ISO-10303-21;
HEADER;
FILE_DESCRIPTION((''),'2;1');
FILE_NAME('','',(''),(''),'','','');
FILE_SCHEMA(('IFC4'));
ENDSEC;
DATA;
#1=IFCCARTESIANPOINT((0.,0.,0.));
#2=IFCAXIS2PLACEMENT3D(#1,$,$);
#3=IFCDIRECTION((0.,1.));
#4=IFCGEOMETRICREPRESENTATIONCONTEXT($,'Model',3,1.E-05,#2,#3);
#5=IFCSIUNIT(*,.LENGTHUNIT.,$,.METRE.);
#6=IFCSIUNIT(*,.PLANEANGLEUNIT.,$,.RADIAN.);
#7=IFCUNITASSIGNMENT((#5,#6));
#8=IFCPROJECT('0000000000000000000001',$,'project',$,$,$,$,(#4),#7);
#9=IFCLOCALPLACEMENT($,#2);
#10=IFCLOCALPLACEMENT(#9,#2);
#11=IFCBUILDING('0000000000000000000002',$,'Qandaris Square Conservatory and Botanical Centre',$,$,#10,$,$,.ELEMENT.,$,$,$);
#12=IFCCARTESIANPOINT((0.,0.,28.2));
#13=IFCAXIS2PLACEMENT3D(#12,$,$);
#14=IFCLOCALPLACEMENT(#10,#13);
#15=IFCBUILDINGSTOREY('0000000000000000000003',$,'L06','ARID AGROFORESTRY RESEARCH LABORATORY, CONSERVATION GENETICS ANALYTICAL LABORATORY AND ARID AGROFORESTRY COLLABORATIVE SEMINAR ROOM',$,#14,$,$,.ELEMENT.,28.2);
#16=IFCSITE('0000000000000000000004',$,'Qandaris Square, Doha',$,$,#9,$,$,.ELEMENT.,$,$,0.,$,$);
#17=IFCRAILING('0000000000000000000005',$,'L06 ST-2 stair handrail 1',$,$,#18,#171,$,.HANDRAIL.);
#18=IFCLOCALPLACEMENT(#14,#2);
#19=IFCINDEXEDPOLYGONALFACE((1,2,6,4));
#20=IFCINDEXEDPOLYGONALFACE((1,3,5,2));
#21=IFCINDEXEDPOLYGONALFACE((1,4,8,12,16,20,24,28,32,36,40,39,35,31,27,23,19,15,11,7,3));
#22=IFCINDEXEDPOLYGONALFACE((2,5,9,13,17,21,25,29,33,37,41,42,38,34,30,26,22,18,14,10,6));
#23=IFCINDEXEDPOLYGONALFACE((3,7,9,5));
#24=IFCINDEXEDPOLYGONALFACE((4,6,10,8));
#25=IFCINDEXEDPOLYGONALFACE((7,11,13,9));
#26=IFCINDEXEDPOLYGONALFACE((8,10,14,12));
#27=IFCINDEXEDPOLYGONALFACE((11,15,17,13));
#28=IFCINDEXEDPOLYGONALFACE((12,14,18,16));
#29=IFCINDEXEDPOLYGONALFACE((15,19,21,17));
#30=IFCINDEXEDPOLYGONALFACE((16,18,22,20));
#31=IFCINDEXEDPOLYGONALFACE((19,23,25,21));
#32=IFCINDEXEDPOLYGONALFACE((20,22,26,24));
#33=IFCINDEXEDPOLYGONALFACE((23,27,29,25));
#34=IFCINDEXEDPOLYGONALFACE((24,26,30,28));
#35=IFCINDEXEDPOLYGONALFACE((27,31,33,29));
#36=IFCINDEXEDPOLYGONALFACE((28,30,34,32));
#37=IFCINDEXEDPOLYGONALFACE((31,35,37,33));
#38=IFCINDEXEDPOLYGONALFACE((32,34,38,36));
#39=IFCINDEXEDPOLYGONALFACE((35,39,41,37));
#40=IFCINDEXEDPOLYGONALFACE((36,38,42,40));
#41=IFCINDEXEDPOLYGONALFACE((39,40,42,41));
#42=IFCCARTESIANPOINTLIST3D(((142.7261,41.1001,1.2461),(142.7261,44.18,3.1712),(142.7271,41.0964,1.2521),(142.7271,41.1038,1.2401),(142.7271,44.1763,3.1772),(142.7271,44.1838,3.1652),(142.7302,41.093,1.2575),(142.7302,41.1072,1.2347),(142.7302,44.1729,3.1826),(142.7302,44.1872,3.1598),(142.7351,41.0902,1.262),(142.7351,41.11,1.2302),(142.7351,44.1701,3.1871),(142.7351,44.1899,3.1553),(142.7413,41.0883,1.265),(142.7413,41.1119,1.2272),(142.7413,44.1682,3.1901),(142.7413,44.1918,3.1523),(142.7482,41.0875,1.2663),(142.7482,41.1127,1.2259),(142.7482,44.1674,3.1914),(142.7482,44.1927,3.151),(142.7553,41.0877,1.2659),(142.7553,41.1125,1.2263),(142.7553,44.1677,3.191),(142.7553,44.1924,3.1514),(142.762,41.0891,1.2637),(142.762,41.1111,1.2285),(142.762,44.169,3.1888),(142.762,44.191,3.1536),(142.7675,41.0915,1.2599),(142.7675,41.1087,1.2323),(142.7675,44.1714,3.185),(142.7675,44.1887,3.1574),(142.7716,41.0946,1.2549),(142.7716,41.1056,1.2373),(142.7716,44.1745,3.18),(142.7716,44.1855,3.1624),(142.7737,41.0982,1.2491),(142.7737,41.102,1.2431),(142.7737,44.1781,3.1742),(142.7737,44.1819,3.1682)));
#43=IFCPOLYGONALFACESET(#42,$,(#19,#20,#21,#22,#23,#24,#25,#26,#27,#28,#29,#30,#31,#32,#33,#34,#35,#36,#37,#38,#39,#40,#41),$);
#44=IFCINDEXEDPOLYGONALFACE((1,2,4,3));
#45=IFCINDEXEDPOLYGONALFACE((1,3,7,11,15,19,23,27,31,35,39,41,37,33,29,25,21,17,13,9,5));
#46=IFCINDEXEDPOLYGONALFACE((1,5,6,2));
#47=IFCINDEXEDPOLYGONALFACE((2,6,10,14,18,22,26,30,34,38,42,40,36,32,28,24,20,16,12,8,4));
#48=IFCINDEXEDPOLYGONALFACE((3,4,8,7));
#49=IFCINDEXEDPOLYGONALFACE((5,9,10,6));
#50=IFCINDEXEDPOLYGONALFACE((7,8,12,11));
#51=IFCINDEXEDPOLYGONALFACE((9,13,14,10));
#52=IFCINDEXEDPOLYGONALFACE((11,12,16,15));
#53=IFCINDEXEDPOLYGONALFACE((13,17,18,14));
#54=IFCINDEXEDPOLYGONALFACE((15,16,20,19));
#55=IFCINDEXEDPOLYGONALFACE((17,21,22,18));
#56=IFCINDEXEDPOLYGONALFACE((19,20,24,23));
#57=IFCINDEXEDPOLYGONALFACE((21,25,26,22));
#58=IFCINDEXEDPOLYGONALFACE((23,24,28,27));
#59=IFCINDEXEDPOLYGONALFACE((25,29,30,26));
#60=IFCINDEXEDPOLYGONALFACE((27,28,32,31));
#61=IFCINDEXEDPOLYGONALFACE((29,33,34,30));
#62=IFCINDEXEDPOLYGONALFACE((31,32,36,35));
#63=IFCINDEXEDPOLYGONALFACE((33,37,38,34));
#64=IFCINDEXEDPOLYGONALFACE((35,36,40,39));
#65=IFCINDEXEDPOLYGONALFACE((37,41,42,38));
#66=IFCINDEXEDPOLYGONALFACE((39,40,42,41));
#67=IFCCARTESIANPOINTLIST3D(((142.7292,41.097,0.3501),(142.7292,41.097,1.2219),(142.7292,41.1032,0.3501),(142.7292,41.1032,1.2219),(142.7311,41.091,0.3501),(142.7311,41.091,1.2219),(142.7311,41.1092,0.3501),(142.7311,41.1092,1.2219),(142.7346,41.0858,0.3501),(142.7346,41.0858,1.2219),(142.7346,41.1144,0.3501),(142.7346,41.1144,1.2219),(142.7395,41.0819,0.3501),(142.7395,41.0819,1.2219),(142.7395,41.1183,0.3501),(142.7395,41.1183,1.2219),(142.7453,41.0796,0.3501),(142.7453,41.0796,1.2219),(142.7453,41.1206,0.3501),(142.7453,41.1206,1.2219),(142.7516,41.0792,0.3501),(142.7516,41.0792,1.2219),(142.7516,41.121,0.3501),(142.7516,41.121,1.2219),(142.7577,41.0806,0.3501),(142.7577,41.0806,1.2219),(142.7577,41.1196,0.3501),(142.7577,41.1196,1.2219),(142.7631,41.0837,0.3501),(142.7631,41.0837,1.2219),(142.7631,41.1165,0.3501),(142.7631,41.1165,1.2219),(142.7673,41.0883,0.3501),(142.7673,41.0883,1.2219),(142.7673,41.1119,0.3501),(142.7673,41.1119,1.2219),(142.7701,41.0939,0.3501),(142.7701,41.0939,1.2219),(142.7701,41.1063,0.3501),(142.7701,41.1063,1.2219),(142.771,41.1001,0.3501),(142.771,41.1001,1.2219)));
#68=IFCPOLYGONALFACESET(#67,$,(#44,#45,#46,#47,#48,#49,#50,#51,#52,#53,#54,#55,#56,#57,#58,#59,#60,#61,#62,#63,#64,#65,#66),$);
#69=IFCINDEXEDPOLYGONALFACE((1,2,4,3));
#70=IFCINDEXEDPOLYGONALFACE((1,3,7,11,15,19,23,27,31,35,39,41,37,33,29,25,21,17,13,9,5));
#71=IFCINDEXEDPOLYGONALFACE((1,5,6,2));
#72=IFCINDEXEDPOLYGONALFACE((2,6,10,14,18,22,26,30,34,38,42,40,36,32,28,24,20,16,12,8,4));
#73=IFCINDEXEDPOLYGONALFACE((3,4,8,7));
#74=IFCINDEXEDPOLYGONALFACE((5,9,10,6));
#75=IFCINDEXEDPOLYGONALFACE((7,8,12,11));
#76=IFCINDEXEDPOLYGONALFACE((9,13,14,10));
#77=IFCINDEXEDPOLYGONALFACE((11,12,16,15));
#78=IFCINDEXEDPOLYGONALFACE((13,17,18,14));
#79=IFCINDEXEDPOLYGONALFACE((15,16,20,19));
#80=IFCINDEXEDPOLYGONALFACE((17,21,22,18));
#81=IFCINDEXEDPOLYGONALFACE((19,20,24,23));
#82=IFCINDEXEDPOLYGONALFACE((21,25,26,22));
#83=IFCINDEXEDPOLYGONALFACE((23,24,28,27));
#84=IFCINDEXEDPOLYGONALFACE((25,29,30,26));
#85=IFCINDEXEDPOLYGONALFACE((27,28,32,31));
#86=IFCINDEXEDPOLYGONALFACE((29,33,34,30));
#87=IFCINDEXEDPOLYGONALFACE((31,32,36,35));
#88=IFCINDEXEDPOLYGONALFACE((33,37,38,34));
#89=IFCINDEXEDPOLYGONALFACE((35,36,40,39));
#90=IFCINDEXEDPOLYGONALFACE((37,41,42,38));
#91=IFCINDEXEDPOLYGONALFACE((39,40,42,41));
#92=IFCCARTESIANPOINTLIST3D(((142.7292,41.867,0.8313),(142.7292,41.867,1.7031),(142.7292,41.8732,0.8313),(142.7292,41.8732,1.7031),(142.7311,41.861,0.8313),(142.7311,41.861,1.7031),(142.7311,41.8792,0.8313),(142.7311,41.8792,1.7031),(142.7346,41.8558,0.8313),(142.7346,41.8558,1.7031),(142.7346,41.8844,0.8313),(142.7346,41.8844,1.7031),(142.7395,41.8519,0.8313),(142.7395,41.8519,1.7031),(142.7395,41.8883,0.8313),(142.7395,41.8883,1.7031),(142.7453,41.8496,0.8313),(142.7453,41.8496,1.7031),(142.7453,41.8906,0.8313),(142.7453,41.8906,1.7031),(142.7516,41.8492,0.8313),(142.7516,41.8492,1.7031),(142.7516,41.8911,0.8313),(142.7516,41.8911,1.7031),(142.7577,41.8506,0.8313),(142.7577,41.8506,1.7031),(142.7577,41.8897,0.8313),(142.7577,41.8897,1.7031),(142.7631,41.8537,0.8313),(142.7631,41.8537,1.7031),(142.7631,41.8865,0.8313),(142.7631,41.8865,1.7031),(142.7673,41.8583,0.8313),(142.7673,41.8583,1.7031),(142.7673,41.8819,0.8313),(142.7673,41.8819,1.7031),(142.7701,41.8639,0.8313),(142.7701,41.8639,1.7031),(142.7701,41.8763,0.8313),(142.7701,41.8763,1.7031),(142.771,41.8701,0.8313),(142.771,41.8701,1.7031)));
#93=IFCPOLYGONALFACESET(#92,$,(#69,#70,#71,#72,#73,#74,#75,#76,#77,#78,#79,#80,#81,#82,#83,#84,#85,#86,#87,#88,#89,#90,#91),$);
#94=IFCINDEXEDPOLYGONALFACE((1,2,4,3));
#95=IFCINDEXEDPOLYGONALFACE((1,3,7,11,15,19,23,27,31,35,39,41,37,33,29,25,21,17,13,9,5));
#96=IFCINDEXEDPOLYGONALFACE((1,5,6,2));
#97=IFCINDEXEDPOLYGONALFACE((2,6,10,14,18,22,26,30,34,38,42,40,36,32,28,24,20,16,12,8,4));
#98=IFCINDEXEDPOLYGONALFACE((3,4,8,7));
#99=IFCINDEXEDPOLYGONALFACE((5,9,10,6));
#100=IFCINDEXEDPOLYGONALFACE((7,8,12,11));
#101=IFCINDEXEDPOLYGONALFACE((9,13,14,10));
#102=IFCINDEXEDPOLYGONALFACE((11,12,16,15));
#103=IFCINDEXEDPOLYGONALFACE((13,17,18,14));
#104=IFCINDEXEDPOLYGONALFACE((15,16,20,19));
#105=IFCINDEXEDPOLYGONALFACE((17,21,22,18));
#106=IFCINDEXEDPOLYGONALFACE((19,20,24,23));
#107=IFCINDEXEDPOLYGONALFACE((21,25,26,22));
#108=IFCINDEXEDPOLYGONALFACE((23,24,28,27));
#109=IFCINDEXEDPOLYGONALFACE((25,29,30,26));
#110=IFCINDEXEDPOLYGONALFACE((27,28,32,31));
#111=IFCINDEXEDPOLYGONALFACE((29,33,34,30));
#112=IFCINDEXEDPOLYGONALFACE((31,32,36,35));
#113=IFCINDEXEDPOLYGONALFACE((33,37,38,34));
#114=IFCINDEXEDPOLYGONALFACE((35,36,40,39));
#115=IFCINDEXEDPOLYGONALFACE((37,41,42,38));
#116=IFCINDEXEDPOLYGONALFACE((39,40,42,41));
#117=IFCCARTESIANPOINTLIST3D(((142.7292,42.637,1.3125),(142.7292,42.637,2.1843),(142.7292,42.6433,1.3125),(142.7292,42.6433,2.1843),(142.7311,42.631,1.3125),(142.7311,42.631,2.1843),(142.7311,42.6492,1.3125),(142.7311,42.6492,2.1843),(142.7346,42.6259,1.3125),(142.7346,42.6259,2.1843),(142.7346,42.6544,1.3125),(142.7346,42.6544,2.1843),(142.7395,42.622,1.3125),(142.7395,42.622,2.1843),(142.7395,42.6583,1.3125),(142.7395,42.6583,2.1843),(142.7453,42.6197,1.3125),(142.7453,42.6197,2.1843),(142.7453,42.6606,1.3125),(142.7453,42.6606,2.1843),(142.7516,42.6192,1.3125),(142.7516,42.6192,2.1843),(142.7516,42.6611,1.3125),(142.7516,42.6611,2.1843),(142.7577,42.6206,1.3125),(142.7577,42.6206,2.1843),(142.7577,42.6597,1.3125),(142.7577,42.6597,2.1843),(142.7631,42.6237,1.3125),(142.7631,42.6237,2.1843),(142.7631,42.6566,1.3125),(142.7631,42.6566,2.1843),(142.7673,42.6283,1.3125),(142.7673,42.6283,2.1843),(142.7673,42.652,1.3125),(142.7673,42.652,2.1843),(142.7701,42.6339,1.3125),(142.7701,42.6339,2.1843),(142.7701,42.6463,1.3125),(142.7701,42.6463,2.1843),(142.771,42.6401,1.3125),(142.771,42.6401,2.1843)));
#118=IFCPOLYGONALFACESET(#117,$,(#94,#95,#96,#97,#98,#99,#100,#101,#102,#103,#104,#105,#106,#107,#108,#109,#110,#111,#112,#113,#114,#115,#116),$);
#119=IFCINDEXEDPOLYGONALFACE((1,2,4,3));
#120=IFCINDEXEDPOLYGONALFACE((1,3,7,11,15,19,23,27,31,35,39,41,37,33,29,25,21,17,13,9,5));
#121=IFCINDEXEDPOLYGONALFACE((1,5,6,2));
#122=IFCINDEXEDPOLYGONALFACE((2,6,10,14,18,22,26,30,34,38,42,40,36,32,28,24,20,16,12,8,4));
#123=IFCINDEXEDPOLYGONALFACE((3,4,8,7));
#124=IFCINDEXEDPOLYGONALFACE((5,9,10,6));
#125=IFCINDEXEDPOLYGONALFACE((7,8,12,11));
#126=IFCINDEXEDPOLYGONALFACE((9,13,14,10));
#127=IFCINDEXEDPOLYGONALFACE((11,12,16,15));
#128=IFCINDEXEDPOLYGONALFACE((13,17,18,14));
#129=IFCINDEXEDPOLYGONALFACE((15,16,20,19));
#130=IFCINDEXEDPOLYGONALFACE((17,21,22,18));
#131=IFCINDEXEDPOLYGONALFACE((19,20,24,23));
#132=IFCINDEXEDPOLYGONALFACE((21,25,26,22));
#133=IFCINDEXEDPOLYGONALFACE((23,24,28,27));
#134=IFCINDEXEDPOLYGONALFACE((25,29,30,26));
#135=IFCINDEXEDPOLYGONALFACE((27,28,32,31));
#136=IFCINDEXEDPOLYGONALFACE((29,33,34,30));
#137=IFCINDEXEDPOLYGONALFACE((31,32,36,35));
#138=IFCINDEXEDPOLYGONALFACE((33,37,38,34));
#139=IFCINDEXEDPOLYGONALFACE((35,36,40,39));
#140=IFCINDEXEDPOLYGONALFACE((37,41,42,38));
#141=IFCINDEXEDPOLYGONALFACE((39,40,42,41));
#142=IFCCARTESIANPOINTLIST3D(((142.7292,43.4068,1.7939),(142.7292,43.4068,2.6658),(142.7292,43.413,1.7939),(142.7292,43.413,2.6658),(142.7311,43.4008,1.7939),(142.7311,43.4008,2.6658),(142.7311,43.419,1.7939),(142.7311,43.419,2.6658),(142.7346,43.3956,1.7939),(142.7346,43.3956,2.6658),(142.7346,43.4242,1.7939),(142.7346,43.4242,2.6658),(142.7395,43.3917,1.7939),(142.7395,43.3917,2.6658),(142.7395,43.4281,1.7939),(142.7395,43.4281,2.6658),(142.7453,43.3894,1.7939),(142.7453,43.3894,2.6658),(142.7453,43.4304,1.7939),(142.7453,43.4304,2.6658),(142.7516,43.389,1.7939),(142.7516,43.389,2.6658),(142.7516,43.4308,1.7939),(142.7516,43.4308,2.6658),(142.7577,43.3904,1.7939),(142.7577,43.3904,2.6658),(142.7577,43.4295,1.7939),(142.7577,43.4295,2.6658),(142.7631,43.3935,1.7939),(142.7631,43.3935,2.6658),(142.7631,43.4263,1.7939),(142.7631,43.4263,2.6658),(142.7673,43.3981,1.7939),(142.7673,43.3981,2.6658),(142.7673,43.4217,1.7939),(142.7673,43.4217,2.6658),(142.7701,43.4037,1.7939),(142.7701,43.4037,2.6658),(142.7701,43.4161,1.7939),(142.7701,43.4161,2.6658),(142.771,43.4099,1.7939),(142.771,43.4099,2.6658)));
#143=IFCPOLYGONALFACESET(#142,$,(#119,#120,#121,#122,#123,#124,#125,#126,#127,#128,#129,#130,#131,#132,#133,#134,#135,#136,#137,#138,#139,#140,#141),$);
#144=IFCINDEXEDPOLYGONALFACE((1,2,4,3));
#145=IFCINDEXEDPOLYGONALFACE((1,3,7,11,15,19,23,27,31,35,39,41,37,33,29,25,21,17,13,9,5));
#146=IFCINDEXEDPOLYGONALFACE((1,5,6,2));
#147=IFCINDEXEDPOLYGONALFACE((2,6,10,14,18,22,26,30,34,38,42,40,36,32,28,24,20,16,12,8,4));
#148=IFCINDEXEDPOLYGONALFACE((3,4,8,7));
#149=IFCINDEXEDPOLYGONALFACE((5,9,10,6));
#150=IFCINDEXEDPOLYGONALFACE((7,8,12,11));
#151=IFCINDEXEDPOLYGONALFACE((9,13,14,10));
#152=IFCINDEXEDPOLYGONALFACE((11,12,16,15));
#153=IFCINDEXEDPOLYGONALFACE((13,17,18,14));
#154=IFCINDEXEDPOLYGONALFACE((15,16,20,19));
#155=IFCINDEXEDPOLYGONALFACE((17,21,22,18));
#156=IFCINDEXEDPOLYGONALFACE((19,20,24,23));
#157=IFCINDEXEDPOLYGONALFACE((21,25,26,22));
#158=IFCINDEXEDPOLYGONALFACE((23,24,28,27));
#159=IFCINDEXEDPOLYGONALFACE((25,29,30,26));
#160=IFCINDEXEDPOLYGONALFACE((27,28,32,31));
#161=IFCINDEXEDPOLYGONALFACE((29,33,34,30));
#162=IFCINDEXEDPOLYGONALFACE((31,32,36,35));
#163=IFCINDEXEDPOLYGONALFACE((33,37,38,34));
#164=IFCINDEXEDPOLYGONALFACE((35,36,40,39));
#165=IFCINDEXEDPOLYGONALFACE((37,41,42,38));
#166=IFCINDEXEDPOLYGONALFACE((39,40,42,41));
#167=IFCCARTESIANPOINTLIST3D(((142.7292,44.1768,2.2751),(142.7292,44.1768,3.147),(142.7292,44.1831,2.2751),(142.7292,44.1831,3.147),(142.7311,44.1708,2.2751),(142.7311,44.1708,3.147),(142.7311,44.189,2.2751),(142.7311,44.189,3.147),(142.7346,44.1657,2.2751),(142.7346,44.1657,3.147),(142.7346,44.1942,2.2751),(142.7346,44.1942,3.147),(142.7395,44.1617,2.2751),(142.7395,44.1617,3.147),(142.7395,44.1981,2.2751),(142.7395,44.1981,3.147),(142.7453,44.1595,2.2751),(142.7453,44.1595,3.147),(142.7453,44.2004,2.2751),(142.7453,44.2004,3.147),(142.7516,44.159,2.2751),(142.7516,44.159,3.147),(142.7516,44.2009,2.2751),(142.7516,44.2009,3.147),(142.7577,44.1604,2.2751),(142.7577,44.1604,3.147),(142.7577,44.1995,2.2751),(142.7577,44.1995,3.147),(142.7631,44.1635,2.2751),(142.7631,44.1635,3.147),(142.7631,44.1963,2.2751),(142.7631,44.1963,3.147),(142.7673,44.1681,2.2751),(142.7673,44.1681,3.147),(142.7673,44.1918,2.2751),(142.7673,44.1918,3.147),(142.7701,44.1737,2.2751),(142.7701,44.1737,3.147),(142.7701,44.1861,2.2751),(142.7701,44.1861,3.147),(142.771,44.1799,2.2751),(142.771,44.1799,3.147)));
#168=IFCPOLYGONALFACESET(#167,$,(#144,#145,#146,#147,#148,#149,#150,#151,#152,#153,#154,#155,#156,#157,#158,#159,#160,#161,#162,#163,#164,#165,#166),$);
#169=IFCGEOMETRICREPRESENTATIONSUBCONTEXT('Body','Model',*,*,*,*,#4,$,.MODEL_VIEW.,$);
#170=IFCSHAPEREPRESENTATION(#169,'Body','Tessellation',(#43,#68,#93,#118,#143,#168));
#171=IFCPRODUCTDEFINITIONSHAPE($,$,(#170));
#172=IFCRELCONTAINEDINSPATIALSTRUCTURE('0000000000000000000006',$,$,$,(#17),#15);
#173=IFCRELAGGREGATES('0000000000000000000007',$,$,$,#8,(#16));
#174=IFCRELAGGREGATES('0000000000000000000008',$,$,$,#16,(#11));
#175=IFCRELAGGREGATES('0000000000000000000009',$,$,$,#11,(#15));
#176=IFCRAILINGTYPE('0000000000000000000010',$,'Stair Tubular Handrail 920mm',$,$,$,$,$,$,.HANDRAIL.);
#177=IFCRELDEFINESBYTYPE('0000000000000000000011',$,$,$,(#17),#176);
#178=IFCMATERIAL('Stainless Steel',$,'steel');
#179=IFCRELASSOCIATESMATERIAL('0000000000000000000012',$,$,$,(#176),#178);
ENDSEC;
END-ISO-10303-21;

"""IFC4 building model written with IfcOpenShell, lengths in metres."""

from ifc_helpers import new_model, si_unit, direction, frame, origin, origin_2d, place, context, subcontext, project, spatial, circle, extrude, material, type_object, element, save


model = new_model("IFC4")

# Units and contexts
model_context = context("Model", 3, precision=1e-05, world=origin(), true_north=direction((0.0, 1.0)))
body_context = subcontext(model_context, "Body", "Model", "MODEL_VIEW")
ifc_project = project(units=[si_unit("LENGTHUNIT", "METRE"), si_unit("PLANEANGLEUNIT", "RADIAN")], contexts=[model_context])

# Site, building, storey
site_placement = place(None, origin())
site = spatial("IfcSite", under=ifc_project, at=site_placement, Name="Qandaris Square, Doha", CompositionType="ELEMENT", RefElevation=0.0)
building_placement = place(site_placement, origin())
building = spatial("IfcBuilding", under=site, at=building_placement, Name="Qandaris Square Conservatory and Botanical Centre", CompositionType="ELEMENT")
storey_placement = place(building_placement, frame((0.0, 0.0, 28.2)))
storey = spatial("IfcBuildingStorey", under=building, at=storey_placement, Name="L06", Description="ARID AGROFORESTRY RESEARCH LABORATORY, CONSERVATION GENETICS ANALYTICAL LABORATORY AND ARID AGROFORESTRY COLLABORATIVE SEMINAR ROOM", CompositionType="ELEMENT", Elevation=28.2)

# Railing
ifc_material_1 = material(Name="Stainless Steel", Category="steel")
railing_type = type_object("IfcRailingType", Name="Stair Tubular Handrail 920mm", PredefinedType="HANDRAIL", material=ifc_material_1)
railing_placement = place(storey_placement, frame((142.75, 41.1001, 0.3501)))
element("IfcRailing", 1, at=railing_placement, inside=storey, type_object=railing_type, Name="L06 ST-2 stair handrail 1", PredefinedType="HANDRAIL", context=body_context, shape_type="SweptSolid", body=[
    extrude(circle(Radius=0.0239, at=origin_2d()), frame((0.0, 0.0, 0.896), z_axis=(0.0, 0.847979, 0.530029), x_axis=(-1.0, 0.0, 0.0)), (0.0, 0.0, 1.0), 3.6321),
    extrude(circle(Radius=0.021, at=origin_2d()), origin(), (0.0, 0.0, 1.0), 0.8718),
    extrude(circle(Radius=0.021, at=origin_2d()), frame((0.0, 0.77, 0.4812)), (0.0, 0.0, 1.0), 0.8718),
    extrude(circle(Radius=0.021, at=origin_2d()), frame((0.0, 1.54, 0.9624)), (0.0, 0.0, 1.0), 0.8718),
    extrude(circle(Radius=0.021, at=origin_2d()), frame((0.0, 2.3098, 1.4438)), (0.0, 0.0, 1.0), 0.8718),
    extrude(circle(Radius=0.021, at=origin_2d()), frame((0.0, 3.0798, 1.925)), (0.0, 0.0, 1.0), 0.8718),
])

save(model, "model.ifc")
